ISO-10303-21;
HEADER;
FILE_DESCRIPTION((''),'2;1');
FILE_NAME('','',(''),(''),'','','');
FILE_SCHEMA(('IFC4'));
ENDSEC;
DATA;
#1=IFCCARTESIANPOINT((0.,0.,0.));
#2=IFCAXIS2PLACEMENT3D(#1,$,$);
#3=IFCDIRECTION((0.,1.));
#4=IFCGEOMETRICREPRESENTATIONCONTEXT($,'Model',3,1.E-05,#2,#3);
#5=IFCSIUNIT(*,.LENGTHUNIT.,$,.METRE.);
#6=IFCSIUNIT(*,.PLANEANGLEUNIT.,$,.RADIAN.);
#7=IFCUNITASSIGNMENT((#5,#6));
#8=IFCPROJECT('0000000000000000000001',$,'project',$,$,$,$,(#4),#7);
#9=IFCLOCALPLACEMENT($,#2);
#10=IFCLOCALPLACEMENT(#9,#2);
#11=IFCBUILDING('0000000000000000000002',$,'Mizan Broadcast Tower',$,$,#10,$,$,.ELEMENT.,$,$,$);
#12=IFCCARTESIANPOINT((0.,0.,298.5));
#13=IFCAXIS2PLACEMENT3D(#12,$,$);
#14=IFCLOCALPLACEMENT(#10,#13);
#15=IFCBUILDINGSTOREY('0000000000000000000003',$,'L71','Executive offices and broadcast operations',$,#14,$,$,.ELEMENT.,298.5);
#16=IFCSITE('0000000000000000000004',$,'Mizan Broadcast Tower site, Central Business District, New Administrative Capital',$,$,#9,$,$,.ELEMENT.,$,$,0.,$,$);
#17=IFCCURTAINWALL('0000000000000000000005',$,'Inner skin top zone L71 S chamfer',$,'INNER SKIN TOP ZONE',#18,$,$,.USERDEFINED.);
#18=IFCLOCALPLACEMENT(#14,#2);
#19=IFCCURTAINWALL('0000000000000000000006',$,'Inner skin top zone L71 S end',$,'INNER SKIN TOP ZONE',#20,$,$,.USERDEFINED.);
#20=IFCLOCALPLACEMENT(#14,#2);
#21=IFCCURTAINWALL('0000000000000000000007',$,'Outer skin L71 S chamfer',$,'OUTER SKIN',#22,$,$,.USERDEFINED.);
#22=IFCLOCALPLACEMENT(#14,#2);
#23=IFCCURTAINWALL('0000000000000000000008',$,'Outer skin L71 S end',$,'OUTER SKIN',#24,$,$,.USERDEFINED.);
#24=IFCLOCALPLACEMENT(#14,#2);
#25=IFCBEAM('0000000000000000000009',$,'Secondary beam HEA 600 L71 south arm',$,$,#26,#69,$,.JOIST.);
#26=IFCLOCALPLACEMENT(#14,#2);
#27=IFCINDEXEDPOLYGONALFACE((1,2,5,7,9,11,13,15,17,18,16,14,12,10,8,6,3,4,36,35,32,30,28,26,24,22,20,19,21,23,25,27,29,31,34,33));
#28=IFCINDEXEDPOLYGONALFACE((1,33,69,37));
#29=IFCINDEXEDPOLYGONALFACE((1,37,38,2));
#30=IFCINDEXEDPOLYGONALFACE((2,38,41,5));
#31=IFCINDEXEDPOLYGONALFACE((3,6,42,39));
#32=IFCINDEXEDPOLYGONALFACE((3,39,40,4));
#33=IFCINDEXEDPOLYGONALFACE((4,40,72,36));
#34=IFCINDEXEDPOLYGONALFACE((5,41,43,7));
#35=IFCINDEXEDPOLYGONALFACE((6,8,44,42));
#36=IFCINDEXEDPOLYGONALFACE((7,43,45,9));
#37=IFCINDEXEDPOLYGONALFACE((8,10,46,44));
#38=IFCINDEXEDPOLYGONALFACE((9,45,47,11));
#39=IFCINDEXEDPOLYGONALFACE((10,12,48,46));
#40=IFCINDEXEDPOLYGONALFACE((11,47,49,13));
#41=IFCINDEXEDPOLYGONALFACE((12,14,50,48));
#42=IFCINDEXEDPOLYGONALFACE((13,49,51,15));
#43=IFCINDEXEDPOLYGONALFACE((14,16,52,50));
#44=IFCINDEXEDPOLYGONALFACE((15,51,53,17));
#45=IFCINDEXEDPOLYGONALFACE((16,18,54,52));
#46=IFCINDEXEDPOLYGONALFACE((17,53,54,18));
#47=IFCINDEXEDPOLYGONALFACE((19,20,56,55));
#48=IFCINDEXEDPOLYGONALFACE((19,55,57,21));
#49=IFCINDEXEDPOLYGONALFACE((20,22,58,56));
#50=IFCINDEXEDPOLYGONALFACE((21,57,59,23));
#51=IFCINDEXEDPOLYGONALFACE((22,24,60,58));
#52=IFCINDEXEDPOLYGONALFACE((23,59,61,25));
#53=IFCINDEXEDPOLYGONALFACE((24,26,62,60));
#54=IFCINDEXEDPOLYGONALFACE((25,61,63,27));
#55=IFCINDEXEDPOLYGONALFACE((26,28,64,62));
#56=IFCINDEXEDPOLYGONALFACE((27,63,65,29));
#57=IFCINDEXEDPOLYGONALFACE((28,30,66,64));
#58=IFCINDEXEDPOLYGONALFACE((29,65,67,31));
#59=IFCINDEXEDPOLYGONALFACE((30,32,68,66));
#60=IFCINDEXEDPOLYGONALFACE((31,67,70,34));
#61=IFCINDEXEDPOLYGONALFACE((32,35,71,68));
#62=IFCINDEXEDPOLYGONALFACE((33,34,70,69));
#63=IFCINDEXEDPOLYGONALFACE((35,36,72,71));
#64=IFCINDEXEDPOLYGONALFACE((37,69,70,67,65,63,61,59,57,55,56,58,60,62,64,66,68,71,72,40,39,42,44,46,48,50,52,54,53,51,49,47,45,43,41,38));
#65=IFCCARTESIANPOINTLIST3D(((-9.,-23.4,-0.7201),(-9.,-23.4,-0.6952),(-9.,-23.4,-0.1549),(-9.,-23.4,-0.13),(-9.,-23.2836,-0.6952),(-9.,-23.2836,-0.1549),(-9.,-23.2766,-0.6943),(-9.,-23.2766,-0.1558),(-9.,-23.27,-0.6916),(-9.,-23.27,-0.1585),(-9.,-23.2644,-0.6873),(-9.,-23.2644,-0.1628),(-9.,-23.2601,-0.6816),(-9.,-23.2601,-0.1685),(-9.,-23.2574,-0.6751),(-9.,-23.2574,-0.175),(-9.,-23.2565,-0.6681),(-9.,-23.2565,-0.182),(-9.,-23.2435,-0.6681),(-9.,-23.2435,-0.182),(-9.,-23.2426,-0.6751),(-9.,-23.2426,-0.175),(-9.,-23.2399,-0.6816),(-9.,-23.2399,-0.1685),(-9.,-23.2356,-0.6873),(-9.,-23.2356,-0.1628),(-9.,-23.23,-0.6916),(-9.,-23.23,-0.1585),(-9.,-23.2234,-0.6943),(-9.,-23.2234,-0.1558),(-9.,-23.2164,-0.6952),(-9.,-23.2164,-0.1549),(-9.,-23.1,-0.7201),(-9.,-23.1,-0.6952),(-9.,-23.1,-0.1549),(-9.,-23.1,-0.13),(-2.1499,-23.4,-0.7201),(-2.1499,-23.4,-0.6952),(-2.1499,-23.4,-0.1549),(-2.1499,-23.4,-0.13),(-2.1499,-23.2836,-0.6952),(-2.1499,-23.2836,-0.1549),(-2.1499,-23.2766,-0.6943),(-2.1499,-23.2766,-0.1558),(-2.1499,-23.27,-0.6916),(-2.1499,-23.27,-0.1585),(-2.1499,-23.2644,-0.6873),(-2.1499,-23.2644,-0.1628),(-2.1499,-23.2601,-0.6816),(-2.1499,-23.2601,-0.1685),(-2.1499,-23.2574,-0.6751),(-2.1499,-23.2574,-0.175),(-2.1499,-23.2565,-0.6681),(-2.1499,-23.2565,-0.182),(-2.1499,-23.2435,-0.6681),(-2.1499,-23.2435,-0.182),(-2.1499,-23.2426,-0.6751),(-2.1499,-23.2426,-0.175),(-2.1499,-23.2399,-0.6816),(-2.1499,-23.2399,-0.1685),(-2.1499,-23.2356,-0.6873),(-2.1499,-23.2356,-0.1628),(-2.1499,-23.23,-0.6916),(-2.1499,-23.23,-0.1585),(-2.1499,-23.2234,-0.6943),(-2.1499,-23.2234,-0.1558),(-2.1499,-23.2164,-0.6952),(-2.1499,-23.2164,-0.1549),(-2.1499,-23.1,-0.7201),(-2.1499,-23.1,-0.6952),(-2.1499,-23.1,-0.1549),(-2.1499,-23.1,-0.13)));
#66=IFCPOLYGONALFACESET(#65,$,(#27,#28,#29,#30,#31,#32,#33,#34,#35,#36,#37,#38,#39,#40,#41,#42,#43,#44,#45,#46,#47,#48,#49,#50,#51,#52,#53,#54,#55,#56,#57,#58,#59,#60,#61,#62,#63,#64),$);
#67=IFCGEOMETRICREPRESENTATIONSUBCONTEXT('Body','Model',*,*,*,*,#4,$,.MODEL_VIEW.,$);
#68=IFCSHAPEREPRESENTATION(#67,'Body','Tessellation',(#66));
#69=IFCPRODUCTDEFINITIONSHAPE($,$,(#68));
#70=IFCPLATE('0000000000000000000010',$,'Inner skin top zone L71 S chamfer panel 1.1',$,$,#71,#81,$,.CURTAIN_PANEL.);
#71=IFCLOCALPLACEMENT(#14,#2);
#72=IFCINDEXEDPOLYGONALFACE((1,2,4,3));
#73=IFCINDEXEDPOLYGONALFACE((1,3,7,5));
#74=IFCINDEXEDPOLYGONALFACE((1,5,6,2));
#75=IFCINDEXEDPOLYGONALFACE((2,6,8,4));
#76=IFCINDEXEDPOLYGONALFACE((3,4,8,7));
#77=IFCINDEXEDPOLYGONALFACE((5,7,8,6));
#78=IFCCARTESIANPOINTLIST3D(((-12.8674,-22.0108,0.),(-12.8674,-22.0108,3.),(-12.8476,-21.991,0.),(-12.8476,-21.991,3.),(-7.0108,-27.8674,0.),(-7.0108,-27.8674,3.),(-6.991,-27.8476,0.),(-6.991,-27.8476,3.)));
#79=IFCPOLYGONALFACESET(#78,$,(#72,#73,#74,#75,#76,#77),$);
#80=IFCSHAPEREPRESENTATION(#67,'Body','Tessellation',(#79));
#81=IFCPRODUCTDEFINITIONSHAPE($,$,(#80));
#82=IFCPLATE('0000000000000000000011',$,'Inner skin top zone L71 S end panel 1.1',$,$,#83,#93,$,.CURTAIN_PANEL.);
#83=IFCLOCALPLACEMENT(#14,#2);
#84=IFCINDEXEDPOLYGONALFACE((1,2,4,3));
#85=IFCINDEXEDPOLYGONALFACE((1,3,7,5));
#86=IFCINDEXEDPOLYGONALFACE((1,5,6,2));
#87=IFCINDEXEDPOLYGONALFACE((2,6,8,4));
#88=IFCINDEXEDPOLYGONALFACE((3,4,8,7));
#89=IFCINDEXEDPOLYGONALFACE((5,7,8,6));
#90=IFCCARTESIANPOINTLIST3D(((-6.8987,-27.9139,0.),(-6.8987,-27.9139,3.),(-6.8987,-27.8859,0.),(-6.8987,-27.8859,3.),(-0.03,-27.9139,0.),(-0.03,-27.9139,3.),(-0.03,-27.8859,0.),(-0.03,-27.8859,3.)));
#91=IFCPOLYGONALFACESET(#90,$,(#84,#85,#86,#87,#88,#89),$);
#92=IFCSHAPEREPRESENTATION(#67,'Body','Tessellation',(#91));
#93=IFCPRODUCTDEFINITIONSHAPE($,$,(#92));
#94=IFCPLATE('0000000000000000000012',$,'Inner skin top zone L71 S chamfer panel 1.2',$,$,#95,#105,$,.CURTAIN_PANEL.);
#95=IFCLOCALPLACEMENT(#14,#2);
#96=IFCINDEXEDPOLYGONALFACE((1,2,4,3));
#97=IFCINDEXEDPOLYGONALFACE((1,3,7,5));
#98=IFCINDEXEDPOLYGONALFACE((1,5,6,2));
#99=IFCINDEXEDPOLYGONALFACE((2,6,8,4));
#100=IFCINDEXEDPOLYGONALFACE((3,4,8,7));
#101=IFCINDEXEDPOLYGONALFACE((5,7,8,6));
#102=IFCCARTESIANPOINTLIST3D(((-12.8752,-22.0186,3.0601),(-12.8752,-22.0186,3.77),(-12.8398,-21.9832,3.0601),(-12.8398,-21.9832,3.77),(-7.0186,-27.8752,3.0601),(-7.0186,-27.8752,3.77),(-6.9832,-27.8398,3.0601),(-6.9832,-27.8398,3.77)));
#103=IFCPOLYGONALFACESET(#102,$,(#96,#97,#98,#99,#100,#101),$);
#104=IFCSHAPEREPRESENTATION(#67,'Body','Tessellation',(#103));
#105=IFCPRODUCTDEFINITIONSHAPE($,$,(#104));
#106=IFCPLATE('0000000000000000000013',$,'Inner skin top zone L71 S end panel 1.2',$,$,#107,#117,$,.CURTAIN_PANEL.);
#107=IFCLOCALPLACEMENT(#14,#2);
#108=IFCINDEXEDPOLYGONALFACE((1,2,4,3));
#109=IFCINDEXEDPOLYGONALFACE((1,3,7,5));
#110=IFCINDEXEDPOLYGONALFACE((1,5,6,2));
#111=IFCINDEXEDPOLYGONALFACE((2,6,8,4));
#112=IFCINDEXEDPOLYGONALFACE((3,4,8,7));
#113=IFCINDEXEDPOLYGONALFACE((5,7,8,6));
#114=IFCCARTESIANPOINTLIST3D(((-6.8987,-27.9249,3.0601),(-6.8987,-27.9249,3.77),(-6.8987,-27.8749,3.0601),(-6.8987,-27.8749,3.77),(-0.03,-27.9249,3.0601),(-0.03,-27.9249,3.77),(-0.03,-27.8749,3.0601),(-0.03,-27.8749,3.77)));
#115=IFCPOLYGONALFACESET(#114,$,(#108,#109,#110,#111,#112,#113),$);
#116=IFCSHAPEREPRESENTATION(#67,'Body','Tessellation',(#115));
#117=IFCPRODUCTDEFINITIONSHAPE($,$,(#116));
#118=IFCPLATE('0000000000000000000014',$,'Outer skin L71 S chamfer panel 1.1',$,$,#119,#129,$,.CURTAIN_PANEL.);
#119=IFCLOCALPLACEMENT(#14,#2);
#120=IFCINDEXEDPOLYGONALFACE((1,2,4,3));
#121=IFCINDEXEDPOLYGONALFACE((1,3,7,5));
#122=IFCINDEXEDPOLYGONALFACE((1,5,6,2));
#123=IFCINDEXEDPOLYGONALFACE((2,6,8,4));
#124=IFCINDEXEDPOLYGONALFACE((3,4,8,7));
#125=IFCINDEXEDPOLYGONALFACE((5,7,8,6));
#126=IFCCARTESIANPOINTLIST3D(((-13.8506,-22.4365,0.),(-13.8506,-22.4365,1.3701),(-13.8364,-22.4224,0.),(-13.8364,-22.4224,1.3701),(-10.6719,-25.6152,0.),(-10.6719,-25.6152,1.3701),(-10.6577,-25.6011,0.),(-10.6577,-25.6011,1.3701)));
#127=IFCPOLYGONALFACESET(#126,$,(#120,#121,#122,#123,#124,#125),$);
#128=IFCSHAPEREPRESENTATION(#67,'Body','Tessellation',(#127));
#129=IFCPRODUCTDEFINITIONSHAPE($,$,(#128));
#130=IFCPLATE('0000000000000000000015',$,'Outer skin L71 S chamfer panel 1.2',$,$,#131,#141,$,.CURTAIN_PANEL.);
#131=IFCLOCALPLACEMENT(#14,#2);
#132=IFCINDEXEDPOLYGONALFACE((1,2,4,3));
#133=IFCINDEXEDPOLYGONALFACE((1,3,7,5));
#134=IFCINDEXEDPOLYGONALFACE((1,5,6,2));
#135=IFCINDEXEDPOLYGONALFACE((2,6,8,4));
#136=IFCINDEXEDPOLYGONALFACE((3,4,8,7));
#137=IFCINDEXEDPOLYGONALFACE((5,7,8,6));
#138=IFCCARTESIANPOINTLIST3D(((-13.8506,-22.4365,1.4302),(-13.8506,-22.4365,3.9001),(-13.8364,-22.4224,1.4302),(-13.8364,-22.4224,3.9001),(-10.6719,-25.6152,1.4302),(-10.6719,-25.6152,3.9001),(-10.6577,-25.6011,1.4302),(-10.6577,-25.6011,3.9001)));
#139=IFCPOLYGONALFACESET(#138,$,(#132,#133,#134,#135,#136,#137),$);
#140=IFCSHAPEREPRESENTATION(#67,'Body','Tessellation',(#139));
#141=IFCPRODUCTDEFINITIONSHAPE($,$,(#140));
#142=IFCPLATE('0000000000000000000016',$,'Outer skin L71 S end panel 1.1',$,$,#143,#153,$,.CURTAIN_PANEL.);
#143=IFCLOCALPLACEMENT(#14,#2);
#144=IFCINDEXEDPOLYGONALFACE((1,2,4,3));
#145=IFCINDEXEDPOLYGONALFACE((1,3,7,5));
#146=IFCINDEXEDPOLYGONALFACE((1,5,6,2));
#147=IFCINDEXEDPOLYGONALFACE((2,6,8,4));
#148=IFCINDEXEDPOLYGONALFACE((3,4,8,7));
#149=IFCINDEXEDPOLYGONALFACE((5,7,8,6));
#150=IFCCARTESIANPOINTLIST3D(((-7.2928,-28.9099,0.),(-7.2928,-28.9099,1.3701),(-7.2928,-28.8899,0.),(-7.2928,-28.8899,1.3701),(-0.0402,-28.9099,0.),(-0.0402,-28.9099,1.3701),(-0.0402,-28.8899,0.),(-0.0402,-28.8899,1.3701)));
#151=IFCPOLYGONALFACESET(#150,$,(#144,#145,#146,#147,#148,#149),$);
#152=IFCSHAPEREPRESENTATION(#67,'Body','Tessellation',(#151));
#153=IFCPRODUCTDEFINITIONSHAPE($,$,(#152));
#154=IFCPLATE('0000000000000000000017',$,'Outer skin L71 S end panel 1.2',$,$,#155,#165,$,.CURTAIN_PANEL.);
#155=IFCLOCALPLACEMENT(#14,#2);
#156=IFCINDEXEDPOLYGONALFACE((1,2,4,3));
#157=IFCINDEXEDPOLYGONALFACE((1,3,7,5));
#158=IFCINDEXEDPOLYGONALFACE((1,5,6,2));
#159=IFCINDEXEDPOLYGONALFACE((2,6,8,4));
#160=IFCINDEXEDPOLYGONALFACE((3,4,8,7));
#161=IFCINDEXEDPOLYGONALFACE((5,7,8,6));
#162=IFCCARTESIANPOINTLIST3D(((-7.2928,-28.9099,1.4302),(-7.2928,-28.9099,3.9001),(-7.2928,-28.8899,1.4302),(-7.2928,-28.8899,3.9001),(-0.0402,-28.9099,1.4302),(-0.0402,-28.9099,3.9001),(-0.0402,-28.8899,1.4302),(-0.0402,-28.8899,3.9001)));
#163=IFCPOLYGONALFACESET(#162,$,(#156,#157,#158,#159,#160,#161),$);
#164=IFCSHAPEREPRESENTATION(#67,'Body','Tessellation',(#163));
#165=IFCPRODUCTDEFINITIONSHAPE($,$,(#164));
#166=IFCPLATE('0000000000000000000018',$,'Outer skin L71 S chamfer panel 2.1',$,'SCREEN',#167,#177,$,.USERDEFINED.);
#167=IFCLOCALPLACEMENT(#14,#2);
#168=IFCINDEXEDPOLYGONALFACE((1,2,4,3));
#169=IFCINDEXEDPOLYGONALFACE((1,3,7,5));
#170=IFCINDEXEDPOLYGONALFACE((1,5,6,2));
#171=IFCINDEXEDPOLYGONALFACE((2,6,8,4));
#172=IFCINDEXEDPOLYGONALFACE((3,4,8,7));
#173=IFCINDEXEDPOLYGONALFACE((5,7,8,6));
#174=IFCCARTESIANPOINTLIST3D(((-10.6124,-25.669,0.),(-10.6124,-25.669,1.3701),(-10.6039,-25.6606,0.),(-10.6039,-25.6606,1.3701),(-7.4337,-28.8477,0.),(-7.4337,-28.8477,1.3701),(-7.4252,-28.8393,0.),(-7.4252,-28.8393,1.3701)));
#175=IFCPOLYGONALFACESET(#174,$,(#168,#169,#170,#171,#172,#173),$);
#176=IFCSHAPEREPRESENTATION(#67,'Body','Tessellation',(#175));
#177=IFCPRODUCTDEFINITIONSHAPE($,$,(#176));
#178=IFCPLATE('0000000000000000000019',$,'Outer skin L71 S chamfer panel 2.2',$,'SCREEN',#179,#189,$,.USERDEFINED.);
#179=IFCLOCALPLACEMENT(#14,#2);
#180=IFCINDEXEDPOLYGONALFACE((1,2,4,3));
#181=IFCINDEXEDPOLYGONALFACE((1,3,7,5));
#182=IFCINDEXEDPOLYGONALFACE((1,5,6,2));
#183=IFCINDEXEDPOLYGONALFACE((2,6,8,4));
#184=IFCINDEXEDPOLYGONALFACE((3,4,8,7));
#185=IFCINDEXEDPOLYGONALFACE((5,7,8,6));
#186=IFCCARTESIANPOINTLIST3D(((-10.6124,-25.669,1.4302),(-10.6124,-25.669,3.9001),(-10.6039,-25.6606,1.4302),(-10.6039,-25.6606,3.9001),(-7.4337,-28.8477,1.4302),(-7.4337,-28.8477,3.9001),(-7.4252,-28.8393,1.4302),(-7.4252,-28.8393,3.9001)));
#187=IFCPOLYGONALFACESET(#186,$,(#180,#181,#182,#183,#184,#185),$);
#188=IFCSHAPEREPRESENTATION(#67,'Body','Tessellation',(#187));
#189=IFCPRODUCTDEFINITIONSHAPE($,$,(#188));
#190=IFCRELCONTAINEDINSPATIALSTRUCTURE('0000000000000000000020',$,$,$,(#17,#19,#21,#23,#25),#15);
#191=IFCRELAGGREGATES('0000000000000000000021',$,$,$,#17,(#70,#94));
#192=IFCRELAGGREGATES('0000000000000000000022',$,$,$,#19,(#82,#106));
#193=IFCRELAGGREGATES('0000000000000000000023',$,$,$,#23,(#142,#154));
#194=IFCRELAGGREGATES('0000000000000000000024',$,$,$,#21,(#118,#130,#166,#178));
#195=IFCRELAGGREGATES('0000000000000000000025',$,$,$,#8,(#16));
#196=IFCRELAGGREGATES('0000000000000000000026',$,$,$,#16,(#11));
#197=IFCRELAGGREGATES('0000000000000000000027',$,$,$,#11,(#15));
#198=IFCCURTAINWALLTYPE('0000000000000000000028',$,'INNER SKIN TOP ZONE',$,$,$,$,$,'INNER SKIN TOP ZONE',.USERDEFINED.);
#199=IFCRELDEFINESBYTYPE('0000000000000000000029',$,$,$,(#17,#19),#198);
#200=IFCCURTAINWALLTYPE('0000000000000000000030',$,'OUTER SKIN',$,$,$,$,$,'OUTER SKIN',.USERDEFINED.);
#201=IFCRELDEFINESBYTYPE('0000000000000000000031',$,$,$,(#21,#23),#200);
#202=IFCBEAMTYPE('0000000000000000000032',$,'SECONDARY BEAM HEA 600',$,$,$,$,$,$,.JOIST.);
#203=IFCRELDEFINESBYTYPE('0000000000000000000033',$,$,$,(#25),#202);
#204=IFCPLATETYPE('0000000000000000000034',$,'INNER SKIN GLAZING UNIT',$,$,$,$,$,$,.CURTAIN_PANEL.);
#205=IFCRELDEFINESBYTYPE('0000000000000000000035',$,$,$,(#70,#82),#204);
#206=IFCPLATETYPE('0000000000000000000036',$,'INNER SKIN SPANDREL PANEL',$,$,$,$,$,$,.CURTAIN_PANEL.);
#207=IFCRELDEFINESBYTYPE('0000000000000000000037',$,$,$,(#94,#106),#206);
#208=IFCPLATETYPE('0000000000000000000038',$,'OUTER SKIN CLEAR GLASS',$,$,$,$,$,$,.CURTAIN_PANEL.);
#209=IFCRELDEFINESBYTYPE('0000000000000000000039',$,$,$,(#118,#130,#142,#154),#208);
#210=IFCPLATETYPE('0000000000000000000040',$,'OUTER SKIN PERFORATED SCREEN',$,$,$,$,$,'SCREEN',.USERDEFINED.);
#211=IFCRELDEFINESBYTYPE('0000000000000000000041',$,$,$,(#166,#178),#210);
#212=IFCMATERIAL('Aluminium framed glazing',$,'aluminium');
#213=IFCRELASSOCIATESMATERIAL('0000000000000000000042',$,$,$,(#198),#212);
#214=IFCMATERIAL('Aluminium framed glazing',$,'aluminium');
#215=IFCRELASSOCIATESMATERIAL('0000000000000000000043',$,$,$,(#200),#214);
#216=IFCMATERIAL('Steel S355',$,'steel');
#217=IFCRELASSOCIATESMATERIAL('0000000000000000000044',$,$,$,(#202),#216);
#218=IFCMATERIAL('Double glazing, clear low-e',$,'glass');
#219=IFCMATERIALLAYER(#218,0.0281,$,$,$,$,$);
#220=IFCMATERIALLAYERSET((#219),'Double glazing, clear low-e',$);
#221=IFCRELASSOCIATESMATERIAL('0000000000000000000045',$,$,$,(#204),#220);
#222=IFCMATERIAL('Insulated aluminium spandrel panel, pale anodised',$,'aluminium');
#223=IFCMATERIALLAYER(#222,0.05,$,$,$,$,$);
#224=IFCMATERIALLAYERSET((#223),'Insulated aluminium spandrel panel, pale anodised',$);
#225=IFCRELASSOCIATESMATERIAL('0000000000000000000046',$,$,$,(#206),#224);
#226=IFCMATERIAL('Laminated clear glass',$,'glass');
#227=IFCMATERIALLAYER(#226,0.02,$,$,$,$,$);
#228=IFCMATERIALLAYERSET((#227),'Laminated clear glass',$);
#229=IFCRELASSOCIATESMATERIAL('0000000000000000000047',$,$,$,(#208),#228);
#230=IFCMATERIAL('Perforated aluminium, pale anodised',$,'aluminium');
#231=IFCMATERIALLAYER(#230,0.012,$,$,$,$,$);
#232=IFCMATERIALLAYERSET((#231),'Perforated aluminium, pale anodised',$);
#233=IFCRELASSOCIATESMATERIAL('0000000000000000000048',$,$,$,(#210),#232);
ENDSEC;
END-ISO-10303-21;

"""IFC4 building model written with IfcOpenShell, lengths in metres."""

from ifc_helpers import new_model, si_unit, direction, frame, origin, origin_2d, place, context, subcontext, project, spatial, rectangle, i_section, extrude, material, layer, layer_set, material_profile, profile_set, type_object, element, aggregate, save


model = new_model("IFC4")

# Units and contexts
model_context = context("Model", 3, precision=1e-05, world=origin(), true_north=direction((0.0, 1.0)))
body_context = subcontext(model_context, "Body", "Model", "MODEL_VIEW")
ifc_project = project(units=[si_unit("LENGTHUNIT", "METRE"), si_unit("PLANEANGLEUNIT", "RADIAN")], contexts=[model_context])

# Site, building, storey
site_placement = place(None, origin())
site = spatial("IfcSite", under=ifc_project, at=site_placement, Name="Mizan Broadcast Tower site, Central Business District, New Administrative Capital", CompositionType="ELEMENT", RefElevation=0.0)
building_placement = place(site_placement, origin())
building = spatial("IfcBuilding", under=site, at=building_placement, Name="Mizan Broadcast Tower", CompositionType="ELEMENT")
storey_placement = place(building_placement, frame((0.0, 0.0, 298.5)))
storey = spatial("IfcBuildingStorey", under=building, at=storey_placement, Name="L71", Description="Executive offices and broadcast operations", CompositionType="ELEMENT", Elevation=298.5)

# Curtain wall
ifc_material_1 = material(Name="Aluminium framed glazing", Category="aluminium")
curtain_wall_type_1 = type_object("IfcCurtainWallType", Name="INNER SKIN TOP ZONE", ElementType="INNER SKIN TOP ZONE", PredefinedType="USERDEFINED", material=ifc_material_1)
curtain_wall_1_placement = place(storey_placement, origin())
curtain_wall_1 = element("IfcCurtainWall", 1, at=curtain_wall_1_placement, inside=storey, type_object=curtain_wall_type_1, Name="Inner skin top zone L71 S chamfer", ObjectType="INNER SKIN TOP ZONE", PredefinedType="USERDEFINED")

# Curtain walls
curtain_wall_2_placement = place(storey_placement, origin())
curtain_wall_2 = element("IfcCurtainWall", 2, at=curtain_wall_2_placement, inside=storey, type_object=curtain_wall_type_1, Name="Inner skin top zone L71 S end", ObjectType="INNER SKIN TOP ZONE", PredefinedType="USERDEFINED")
ifc_material_2 = material(Name="Aluminium framed glazing", Category="aluminium")
curtain_wall_type_2 = type_object("IfcCurtainWallType", Name="OUTER SKIN", ElementType="OUTER SKIN", PredefinedType="USERDEFINED", material=ifc_material_2)
curtain_wall_3_placement = place(storey_placement, origin())
curtain_wall_3 = element("IfcCurtainWall", 3, at=curtain_wall_3_placement, inside=storey, type_object=curtain_wall_type_2, Name="Outer skin L71 S chamfer", ObjectType="OUTER SKIN", PredefinedType="USERDEFINED")

# Curtain wall
curtain_wall_4_placement = place(storey_placement, origin())
curtain_wall_4 = element("IfcCurtainWall", 4, at=curtain_wall_4_placement, inside=storey, type_object=curtain_wall_type_2, Name="Outer skin L71 S end", ObjectType="OUTER SKIN", PredefinedType="USERDEFINED")

# Beam
ifc_material_3 = material(Name="Steel S355", Category="steel")
ifc_material_profile_1 = material_profile(ifc_material_3, i_section(OverallWidth=0.3, OverallDepth=0.5901, WebThickness=0.0129, FlangeThickness=0.0249, FilletRadius=0.0271, at=origin_2d()), Name="HEA 600")
ifc_profile_set_1 = profile_set([ifc_material_profile_1], Name="Steel S355")
beam_type_1 = type_object("IfcBeamType", Name="SECONDARY BEAM HEA 600", PredefinedType="JOIST", material=ifc_profile_set_1)
beam_1_placement = place(storey_placement, frame((-9.0, -23.25, -0.425), z_axis=(1.0, 0.0, 0.0), x_axis=(0.0, 1.0, 0.0)))
element("IfcBeam", 5, at=beam_1_placement, inside=storey, type_object=beam_type_1, Name="Secondary beam HEA 600 L71 south arm", PredefinedType="JOIST", context=body_context, shape_type="SweptSolid", body=[
    extrude(i_section(OverallWidth=0.3, OverallDepth=0.5901, WebThickness=0.0129, FlangeThickness=0.0249, FilletRadius=0.0271, at=origin_2d()), origin(), (0.0, 0.0, 1.0), 6.8501),
])

# Plates
ifc_material_4 = material(Name="Double glazing, clear low-e", Category="glass")
ifc_layer_1 = layer(ifc_material_4, 0.0281)
ifc_layer_set_1 = layer_set([ifc_layer_1], Name="Double glazing, clear low-e")
plate_type_1 = type_object("IfcPlateType", Name="INNER SKIN GLAZING UNIT", PredefinedType="CURTAIN_PANEL", material=ifc_layer_set_1)
plate_1_placement = place(storey_placement, frame((-9.9292, -24.9292, 0.0), z_axis=(0.0, 0.0, 1.0), x_axis=(0.707107, -0.707107, 0.0)))
plate_1 = element("IfcPlate", 6, at=plate_1_placement, type_object=plate_type_1, Name="Inner skin top zone L71 S chamfer panel 1.1", PredefinedType="CURTAIN_PANEL", context=body_context, shape_type="SweptSolid", body=[
    extrude(rectangle(XDim=8.2825, YDim=0.0281, at=origin_2d()), origin(), (0.0, 0.0, 1.0), 3.0),
])
plate_2_placement = place(storey_placement, frame((-3.4644, -27.8999, 0.0), z_axis=(0.0, 0.0, 1.0), x_axis=(1.0, 0.0, 0.0)))
plate_2 = element("IfcPlate", 7, at=plate_2_placement, type_object=plate_type_1, Name="Inner skin top zone L71 S end panel 1.1", PredefinedType="CURTAIN_PANEL", context=body_context, shape_type="SweptSolid", body=[
    extrude(rectangle(XDim=6.8687, YDim=0.0281, at=origin_2d()), origin(), (0.0, 0.0, 1.0), 3.0),
])
ifc_material_5 = material(Name="Insulated aluminium spandrel panel, pale anodised", Category="aluminium")
ifc_layer_2 = layer(ifc_material_5, 0.05)
ifc_layer_set_2 = layer_set([ifc_layer_2], Name="Insulated aluminium spandrel panel, pale anodised")
plate_type_2 = type_object("IfcPlateType", Name="INNER SKIN SPANDREL PANEL", PredefinedType="CURTAIN_PANEL", material=ifc_layer_set_2)
plate_3_placement = place(storey_placement, frame((-9.9292, -24.9292, 3.0601), z_axis=(0.0, 0.0, 1.0), x_axis=(0.707107, -0.707107, 0.0)))
plate_3 = element("IfcPlate", 8, at=plate_3_placement, type_object=plate_type_2, Name="Inner skin top zone L71 S chamfer panel 1.2", PredefinedType="CURTAIN_PANEL", context=body_context, shape_type="SweptSolid", body=[
    extrude(rectangle(XDim=8.2825, YDim=0.05, at=origin_2d()), origin(), (0.0, 0.0, 1.0), 0.71),
])
aggregate(curtain_wall_1, [plate_1, plate_3])
plate_4_placement = place(storey_placement, frame((-3.4644, -27.8999, 3.0601), z_axis=(0.0, 0.0, 1.0), x_axis=(1.0, 0.0, 0.0)))
plate_4 = element("IfcPlate", 9, at=plate_4_placement, type_object=plate_type_2, Name="Inner skin top zone L71 S end panel 1.2", PredefinedType="CURTAIN_PANEL", context=body_context, shape_type="SweptSolid", body=[
    extrude(rectangle(XDim=6.8687, YDim=0.05, at=origin_2d()), origin(), (0.0, 0.0, 1.0), 0.71),
])
aggregate(curtain_wall_2, [plate_2, plate_4])
ifc_material_6 = material(Name="Laminated clear glass", Category="glass")
ifc_layer_3 = layer(ifc_material_6, 0.02)
ifc_layer_set_3 = layer_set([ifc_layer_3], Name="Laminated clear glass")
plate_type_3 = type_object("IfcPlateType", Name="OUTER SKIN CLEAR GLASS", PredefinedType="CURTAIN_PANEL", material=ifc_layer_set_3)
plate_5_placement = place(storey_placement, frame((-12.2542, -24.0188, 0.0), z_axis=(0.0, 0.0, 1.0), x_axis=(0.707107, -0.707107, 0.0)))
plate_5 = element("IfcPlate", 10, at=plate_5_placement, type_object=plate_type_3, Name="Outer skin L71 S chamfer panel 1.1", PredefinedType="CURTAIN_PANEL", context=body_context, shape_type="SweptSolid", body=[
    extrude(rectangle(XDim=4.4954, YDim=0.02, at=origin_2d()), origin(), (0.0, 0.0, 1.0), 1.3701),
])
plate_6_placement = place(storey_placement, frame((-12.2542, -24.0188, 1.4302), z_axis=(0.0, 0.0, 1.0), x_axis=(0.707107, -0.707107, 0.0)))
plate_6 = element("IfcPlate", 11, at=plate_6_placement, type_object=plate_type_3, Name="Outer skin L71 S chamfer panel 1.2", PredefinedType="CURTAIN_PANEL", context=body_context, shape_type="SweptSolid", body=[
    extrude(rectangle(XDim=4.4954, YDim=0.02, at=origin_2d()), origin(), (0.0, 0.0, 1.0), 2.47),
])
plate_7_placement = place(storey_placement, frame((-3.6665, -28.8999, 0.0), z_axis=(0.0, 0.0, 1.0), x_axis=(1.0, 0.0, 0.0)))
plate_7 = element("IfcPlate", 12, at=plate_7_placement, type_object=plate_type_3, Name="Outer skin L71 S end panel 1.1", PredefinedType="CURTAIN_PANEL", context=body_context, shape_type="SweptSolid", body=[
    extrude(rectangle(XDim=7.2527, YDim=0.02, at=origin_2d()), origin(), (0.0, 0.0, 1.0), 1.3701),
])
plate_8_placement = place(storey_placement, frame((-3.6665, -28.8999, 1.4302), z_axis=(0.0, 0.0, 1.0), x_axis=(1.0, 0.0, 0.0)))
plate_8 = element("IfcPlate", 13, at=plate_8_placement, type_object=plate_type_3, Name="Outer skin L71 S end panel 1.2", PredefinedType="CURTAIN_PANEL", context=body_context, shape_type="SweptSolid", body=[
    extrude(rectangle(XDim=7.2527, YDim=0.02, at=origin_2d()), origin(), (0.0, 0.0, 1.0), 2.47),
])
aggregate(curtain_wall_4, [plate_7, plate_8])
ifc_material_7 = material(Name="Perforated aluminium, pale anodised", Category="aluminium")
ifc_layer_4 = layer(ifc_material_7, 0.012)
ifc_layer_set_4 = layer_set([ifc_layer_4], Name="Perforated aluminium, pale anodised")
plate_type_4 = type_object("IfcPlateType", Name="OUTER SKIN PERFORATED SCREEN", ElementType="SCREEN", PredefinedType="USERDEFINED", material=ifc_layer_set_4)
plate_9_placement = place(storey_placement, frame((-9.0188, -27.2542, 0.0), z_axis=(0.0, 0.0, 1.0), x_axis=(0.707107, -0.707107, 0.0)))
plate_9 = element("IfcPlate", 14, at=plate_9_placement, type_object=plate_type_4, Name="Outer skin L71 S chamfer panel 2.1", ObjectType="SCREEN", PredefinedType="USERDEFINED", context=body_context, shape_type="SweptSolid", body=[
    extrude(rectangle(XDim=4.4954, YDim=0.012, at=origin_2d()), origin(), (0.0, 0.0, 1.0), 1.3701),
])
plate_10_placement = place(storey_placement, frame((-9.0188, -27.2542, 1.4302), z_axis=(0.0, 0.0, 1.0), x_axis=(0.707107, -0.707107, 0.0)))
plate_10 = element("IfcPlate", 15, at=plate_10_placement, type_object=plate_type_4, Name="Outer skin L71 S chamfer panel 2.2", ObjectType="SCREEN", PredefinedType="USERDEFINED", context=body_context, shape_type="SweptSolid", body=[
    extrude(rectangle(XDim=4.4954, YDim=0.012, at=origin_2d()), origin(), (0.0, 0.0, 1.0), 2.47),
])
aggregate(curtain_wall_3, [plate_5, plate_6, plate_9, plate_10])

save(model, "model.ifc")
